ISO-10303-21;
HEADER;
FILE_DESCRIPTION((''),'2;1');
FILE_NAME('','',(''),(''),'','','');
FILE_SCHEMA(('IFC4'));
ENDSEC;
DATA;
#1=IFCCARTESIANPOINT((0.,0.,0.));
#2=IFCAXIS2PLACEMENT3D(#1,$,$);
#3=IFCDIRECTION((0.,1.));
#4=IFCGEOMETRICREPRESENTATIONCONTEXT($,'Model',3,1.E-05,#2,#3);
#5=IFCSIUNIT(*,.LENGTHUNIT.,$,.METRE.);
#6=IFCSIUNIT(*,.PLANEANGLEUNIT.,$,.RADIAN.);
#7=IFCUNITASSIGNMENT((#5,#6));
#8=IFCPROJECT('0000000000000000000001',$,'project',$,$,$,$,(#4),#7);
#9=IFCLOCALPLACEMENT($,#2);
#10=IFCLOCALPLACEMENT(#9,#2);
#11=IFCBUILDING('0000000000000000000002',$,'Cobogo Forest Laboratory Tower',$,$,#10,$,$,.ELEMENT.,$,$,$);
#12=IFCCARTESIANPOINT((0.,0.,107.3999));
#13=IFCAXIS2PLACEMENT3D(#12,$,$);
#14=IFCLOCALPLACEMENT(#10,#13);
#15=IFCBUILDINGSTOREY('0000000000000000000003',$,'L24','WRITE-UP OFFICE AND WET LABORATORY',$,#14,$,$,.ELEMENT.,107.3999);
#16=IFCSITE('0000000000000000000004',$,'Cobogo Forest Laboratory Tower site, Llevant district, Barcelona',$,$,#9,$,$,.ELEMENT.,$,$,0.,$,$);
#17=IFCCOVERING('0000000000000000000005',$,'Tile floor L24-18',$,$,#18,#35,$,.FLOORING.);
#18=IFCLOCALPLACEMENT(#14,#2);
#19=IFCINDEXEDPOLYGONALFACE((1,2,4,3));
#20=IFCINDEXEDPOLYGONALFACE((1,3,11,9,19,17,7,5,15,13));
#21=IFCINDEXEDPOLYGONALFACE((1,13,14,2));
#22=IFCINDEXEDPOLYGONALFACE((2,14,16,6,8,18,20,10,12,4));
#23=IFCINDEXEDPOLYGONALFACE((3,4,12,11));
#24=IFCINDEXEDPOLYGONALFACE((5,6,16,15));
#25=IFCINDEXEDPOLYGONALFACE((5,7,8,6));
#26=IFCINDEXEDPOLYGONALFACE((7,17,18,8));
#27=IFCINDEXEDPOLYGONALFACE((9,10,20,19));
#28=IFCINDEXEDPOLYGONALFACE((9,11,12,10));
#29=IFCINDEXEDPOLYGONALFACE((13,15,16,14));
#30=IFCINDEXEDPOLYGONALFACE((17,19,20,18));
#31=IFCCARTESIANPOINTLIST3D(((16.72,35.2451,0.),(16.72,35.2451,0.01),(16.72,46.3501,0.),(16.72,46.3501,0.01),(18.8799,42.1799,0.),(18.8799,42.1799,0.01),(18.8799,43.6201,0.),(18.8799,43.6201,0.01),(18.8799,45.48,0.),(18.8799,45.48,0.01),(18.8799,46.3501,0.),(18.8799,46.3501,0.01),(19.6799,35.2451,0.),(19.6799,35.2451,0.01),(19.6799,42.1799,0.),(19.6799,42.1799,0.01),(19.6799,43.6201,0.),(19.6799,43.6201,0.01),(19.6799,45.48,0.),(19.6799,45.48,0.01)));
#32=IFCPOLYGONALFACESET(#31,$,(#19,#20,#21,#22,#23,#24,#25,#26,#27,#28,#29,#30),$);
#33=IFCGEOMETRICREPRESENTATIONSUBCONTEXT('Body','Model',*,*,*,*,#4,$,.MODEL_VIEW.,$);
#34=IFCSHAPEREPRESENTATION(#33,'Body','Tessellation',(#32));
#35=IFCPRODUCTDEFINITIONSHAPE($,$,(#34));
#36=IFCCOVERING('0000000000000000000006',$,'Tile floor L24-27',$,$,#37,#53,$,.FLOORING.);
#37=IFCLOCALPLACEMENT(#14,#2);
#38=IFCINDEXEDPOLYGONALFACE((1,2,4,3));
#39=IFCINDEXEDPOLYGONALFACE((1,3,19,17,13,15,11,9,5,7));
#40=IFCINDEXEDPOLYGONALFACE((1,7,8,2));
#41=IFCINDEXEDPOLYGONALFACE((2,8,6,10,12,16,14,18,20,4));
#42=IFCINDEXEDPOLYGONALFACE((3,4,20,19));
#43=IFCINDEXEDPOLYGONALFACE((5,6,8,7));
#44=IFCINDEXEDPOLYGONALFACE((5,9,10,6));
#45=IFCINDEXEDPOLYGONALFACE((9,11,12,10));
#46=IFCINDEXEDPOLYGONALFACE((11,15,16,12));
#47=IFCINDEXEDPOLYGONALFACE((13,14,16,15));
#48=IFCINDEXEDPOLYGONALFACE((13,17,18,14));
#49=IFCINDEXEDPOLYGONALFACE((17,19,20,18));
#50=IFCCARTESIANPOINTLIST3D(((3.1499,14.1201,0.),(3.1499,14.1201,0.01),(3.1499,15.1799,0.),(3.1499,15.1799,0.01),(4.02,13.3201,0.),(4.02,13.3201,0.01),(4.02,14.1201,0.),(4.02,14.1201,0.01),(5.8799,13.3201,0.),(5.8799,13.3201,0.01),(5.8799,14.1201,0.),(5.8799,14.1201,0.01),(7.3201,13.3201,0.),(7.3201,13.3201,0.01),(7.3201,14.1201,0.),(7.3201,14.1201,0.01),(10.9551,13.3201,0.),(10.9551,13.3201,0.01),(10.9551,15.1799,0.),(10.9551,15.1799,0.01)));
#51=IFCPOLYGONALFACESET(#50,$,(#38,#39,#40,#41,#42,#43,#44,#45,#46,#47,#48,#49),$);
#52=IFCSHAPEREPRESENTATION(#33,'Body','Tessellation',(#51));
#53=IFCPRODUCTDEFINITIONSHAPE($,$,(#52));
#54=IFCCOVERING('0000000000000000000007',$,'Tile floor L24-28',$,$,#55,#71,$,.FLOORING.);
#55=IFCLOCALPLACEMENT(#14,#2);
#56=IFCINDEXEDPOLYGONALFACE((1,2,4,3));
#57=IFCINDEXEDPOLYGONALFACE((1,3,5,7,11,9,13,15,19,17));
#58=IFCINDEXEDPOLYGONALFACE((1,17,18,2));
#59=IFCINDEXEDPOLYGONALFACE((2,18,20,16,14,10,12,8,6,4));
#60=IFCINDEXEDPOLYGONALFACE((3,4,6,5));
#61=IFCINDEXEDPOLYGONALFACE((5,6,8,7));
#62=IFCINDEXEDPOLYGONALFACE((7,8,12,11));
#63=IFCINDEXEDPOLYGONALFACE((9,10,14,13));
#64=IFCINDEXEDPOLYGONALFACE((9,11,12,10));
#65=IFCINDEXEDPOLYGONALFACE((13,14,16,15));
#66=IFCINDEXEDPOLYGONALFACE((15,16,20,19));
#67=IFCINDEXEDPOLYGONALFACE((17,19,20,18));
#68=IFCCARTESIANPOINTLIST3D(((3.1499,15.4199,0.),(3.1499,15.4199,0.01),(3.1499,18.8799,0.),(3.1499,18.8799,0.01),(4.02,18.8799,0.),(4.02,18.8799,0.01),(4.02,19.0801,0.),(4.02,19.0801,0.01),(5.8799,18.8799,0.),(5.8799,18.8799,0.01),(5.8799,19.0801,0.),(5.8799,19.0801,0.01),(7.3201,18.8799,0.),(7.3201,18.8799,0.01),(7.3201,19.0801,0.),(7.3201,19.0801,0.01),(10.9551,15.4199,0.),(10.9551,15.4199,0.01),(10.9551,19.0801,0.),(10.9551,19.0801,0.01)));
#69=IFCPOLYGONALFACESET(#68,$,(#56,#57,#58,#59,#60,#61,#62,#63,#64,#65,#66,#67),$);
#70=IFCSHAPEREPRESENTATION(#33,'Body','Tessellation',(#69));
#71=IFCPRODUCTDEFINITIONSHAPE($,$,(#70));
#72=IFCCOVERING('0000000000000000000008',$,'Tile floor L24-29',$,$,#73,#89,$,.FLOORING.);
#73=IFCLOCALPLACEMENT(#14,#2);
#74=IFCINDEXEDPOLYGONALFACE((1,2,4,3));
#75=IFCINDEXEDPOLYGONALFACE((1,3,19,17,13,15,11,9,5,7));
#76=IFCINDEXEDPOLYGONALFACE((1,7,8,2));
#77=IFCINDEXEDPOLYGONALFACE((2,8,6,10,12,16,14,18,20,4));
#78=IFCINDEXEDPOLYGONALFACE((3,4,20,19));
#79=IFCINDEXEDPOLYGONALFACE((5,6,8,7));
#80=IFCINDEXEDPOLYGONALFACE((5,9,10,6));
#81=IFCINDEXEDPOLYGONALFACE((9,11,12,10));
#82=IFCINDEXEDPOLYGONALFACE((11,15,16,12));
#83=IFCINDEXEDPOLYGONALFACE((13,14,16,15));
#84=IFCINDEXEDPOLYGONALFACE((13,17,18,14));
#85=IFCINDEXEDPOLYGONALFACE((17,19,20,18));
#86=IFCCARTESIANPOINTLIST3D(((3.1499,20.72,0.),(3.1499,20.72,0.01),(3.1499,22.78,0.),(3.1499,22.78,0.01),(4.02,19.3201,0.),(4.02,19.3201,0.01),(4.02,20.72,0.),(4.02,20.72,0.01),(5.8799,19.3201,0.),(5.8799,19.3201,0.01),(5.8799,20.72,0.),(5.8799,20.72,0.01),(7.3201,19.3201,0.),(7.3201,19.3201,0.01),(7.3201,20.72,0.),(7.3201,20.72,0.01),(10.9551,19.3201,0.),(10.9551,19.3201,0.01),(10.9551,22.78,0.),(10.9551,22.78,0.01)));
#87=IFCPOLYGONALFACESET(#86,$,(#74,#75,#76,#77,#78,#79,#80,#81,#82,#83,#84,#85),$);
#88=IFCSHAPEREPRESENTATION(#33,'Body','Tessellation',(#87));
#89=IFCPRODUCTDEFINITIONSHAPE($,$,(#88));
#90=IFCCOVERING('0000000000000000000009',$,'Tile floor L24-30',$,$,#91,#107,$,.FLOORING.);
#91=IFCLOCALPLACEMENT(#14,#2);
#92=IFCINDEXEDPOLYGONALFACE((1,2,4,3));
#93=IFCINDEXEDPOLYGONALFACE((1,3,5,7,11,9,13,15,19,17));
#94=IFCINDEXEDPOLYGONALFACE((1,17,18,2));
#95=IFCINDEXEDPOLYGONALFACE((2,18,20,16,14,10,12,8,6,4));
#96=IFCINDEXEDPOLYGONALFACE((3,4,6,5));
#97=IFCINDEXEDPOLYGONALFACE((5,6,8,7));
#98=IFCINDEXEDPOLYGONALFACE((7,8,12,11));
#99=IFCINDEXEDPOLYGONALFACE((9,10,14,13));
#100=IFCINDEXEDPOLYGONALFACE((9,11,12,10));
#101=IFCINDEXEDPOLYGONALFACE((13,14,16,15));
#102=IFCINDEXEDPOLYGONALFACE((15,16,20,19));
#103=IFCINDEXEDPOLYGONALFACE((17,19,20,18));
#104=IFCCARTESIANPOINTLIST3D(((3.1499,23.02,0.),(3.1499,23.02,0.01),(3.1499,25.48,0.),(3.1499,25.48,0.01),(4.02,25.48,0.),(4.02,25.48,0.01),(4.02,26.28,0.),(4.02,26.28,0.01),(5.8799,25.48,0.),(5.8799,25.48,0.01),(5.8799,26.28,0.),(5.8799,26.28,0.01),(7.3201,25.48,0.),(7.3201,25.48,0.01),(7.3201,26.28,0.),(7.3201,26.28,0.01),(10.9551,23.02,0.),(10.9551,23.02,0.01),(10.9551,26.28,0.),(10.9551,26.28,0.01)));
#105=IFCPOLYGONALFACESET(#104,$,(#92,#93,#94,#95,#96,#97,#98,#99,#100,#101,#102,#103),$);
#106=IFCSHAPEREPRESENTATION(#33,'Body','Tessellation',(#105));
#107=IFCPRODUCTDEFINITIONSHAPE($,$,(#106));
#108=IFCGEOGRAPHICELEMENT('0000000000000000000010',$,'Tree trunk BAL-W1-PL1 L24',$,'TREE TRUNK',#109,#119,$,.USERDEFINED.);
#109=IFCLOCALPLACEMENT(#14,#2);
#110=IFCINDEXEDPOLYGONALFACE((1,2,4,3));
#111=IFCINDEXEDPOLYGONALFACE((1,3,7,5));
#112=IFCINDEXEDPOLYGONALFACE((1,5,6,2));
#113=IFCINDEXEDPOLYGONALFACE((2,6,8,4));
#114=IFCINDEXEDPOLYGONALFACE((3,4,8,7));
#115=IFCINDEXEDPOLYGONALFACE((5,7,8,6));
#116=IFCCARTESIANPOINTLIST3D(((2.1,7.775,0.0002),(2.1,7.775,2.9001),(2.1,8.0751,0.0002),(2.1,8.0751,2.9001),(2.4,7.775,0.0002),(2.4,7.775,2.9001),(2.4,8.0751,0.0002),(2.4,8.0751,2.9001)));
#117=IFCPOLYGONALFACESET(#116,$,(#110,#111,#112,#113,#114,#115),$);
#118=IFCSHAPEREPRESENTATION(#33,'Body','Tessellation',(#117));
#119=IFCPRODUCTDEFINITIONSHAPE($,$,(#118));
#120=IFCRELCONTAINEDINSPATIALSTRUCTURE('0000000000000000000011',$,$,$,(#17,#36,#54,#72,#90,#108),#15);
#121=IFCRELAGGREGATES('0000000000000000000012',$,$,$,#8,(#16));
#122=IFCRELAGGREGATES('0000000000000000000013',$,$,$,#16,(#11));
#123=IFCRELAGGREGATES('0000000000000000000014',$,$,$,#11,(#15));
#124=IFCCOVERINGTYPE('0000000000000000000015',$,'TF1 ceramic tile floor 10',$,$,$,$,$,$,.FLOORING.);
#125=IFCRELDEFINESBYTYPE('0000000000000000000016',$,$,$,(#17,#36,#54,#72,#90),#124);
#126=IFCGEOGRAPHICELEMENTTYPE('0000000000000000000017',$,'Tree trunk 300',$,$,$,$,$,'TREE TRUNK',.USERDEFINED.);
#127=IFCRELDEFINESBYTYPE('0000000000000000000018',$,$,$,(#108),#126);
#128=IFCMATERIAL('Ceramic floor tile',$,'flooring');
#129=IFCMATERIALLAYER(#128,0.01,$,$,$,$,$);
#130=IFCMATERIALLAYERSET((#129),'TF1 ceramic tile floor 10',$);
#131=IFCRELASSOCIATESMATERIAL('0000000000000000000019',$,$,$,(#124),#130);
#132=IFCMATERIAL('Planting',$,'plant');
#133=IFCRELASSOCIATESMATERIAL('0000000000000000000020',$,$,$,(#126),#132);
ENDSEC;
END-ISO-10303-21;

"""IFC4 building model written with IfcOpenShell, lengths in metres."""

from ifc_helpers import new_model, si_unit, direction, frame, origin, origin_2d, place, context, subcontext, project, spatial, polyline, rectangle, outline, extrude, material, layer, layer_set, type_object, element, save


model = new_model("IFC4")

# Units and contexts
model_context = context("Model", 3, precision=1e-05, world=origin(), true_north=direction((0.0, 1.0)))
body_context = subcontext(model_context, "Body", "Model", "MODEL_VIEW")
ifc_project = project(units=[si_unit("LENGTHUNIT", "METRE"), si_unit("PLANEANGLEUNIT", "RADIAN")], contexts=[model_context])

# Site, building, storey
site_placement = place(None, origin())
site = spatial("IfcSite", under=ifc_project, at=site_placement, Name="Cobogo Forest Laboratory Tower site, Llevant district, Barcelona", CompositionType="ELEMENT", RefElevation=0.0)
building_placement = place(site_placement, origin())
building = spatial("IfcBuilding", under=site, at=building_placement, Name="Cobogo Forest Laboratory Tower", CompositionType="ELEMENT")
storey_placement = place(building_placement, frame((0.0, 0.0, 107.3999)))
storey = spatial("IfcBuildingStorey", under=building, at=storey_placement, Name="L24", Description="WRITE-UP OFFICE AND WET LABORATORY", CompositionType="ELEMENT", Elevation=107.3999)

# Coverings
ifc_material_1 = material(Name="Ceramic floor tile", Category="flooring")
ifc_layer_1 = layer(ifc_material_1, 0.01)
ifc_layer_set_1 = layer_set([ifc_layer_1], Name="TF1 ceramic tile floor 10")
covering_type_1 = type_object("IfcCoveringType", Name="TF1 ceramic tile floor 10", PredefinedType="FLOORING", material=ifc_layer_set_1)
covering_1_placement = place(storey_placement, origin())
element("IfcCovering", 1, at=covering_1_placement, inside=storey, type_object=covering_type_1, Name="Tile floor L24-18", PredefinedType="FLOORING", context=body_context, shape_type="SweptSolid", body=[
    extrude(outline(polyline([(16.72, 35.2451), (16.72, 46.3501), (18.8799, 46.3501), (18.8799, 45.48), (19.6799, 45.48), (19.6799, 43.6201), (18.8799, 43.6201), (18.8799, 42.1799), (19.6799, 42.1799), (19.6799, 35.2451), (16.72, 35.2451)])), origin(), (0.0, 0.0, 1.0), 0.01),
])
covering_2_placement = place(storey_placement, origin())
element("IfcCovering", 2, at=covering_2_placement, inside=storey, type_object=covering_type_1, Name="Tile floor L24-27", PredefinedType="FLOORING", context=body_context, shape_type="SweptSolid", body=[
    extrude(outline(polyline([(10.9551, 13.3201), (7.3201, 13.3201), (7.3201, 14.1201), (5.8799, 14.1201), (5.8799, 13.3201), (4.02, 13.3201), (4.02, 14.1201), (3.1499, 14.1201), (3.1499, 15.1799), (10.9551, 15.1799), (10.9551, 13.3201)])), origin(), (0.0, 0.0, 1.0), 0.01),
])
covering_3_placement = place(storey_placement, origin())
element("IfcCovering", 3, at=covering_3_placement, inside=storey, type_object=covering_type_1, Name="Tile floor L24-28", PredefinedType="FLOORING", context=body_context, shape_type="SweptSolid", body=[
    extrude(outline(polyline([(10.9551, 15.4199), (3.1499, 15.4199), (3.1499, 18.8799), (4.02, 18.8799), (4.02, 19.0801), (5.8799, 19.0801), (5.8799, 18.8799), (7.3201, 18.8799), (7.3201, 19.0801), (10.9551, 19.0801), (10.9551, 15.4199)])), origin(), (0.0, 0.0, 1.0), 0.01),
])
covering_4_placement = place(storey_placement, origin())
element("IfcCovering", 4, at=covering_4_placement, inside=storey, type_object=covering_type_1, Name="Tile floor L24-29", PredefinedType="FLOORING", context=body_context, shape_type="SweptSolid", body=[
    extrude(outline(polyline([(10.9551, 19.3201), (7.3201, 19.3201), (7.3201, 20.72), (5.8799, 20.72), (5.8799, 19.3201), (4.02, 19.3201), (4.02, 20.72), (3.1499, 20.72), (3.1499, 22.78), (10.9551, 22.78), (10.9551, 19.3201)])), origin(), (0.0, 0.0, 1.0), 0.01),
])
covering_5_placement = place(storey_placement, origin())
element("IfcCovering", 5, at=covering_5_placement, inside=storey, type_object=covering_type_1, Name="Tile floor L24-30", PredefinedType="FLOORING", context=body_context, shape_type="SweptSolid", body=[
    extrude(outline(polyline([(10.9551, 23.02), (3.1499, 23.02), (3.1499, 25.48), (4.02, 25.48), (4.02, 26.28), (5.8799, 26.28), (5.8799, 25.48), (7.3201, 25.48), (7.3201, 26.28), (10.9551, 26.28), (10.9551, 23.02)])), origin(), (0.0, 0.0, 1.0), 0.01),
])

# Geographic element
ifc_material_2 = material(Name="Planting", Category="plant")
geographic_element_type = type_object("IfcGeographicElementType", Name="Tree trunk 300", ElementType="TREE TRUNK", PredefinedType="USERDEFINED", material=ifc_material_2)
geographic_element_placement = place(storey_placement, frame((2.25, 7.925, 0.0002), z_axis=(0.0, 0.0, 1.0), x_axis=(1.0, 0.0, 0.0)))
element("IfcGeographicElement", 6, at=geographic_element_placement, inside=storey, type_object=geographic_element_type, Name="Tree trunk BAL-W1-PL1 L24", ObjectType="TREE TRUNK", PredefinedType="USERDEFINED", context=body_context, shape_type="SweptSolid", body=[
    extrude(rectangle(XDim=0.3, YDim=0.3, at=origin_2d()), origin(), (0.0, 0.0, 1.0), 2.8999),
])

save(model, "model.ifc")
